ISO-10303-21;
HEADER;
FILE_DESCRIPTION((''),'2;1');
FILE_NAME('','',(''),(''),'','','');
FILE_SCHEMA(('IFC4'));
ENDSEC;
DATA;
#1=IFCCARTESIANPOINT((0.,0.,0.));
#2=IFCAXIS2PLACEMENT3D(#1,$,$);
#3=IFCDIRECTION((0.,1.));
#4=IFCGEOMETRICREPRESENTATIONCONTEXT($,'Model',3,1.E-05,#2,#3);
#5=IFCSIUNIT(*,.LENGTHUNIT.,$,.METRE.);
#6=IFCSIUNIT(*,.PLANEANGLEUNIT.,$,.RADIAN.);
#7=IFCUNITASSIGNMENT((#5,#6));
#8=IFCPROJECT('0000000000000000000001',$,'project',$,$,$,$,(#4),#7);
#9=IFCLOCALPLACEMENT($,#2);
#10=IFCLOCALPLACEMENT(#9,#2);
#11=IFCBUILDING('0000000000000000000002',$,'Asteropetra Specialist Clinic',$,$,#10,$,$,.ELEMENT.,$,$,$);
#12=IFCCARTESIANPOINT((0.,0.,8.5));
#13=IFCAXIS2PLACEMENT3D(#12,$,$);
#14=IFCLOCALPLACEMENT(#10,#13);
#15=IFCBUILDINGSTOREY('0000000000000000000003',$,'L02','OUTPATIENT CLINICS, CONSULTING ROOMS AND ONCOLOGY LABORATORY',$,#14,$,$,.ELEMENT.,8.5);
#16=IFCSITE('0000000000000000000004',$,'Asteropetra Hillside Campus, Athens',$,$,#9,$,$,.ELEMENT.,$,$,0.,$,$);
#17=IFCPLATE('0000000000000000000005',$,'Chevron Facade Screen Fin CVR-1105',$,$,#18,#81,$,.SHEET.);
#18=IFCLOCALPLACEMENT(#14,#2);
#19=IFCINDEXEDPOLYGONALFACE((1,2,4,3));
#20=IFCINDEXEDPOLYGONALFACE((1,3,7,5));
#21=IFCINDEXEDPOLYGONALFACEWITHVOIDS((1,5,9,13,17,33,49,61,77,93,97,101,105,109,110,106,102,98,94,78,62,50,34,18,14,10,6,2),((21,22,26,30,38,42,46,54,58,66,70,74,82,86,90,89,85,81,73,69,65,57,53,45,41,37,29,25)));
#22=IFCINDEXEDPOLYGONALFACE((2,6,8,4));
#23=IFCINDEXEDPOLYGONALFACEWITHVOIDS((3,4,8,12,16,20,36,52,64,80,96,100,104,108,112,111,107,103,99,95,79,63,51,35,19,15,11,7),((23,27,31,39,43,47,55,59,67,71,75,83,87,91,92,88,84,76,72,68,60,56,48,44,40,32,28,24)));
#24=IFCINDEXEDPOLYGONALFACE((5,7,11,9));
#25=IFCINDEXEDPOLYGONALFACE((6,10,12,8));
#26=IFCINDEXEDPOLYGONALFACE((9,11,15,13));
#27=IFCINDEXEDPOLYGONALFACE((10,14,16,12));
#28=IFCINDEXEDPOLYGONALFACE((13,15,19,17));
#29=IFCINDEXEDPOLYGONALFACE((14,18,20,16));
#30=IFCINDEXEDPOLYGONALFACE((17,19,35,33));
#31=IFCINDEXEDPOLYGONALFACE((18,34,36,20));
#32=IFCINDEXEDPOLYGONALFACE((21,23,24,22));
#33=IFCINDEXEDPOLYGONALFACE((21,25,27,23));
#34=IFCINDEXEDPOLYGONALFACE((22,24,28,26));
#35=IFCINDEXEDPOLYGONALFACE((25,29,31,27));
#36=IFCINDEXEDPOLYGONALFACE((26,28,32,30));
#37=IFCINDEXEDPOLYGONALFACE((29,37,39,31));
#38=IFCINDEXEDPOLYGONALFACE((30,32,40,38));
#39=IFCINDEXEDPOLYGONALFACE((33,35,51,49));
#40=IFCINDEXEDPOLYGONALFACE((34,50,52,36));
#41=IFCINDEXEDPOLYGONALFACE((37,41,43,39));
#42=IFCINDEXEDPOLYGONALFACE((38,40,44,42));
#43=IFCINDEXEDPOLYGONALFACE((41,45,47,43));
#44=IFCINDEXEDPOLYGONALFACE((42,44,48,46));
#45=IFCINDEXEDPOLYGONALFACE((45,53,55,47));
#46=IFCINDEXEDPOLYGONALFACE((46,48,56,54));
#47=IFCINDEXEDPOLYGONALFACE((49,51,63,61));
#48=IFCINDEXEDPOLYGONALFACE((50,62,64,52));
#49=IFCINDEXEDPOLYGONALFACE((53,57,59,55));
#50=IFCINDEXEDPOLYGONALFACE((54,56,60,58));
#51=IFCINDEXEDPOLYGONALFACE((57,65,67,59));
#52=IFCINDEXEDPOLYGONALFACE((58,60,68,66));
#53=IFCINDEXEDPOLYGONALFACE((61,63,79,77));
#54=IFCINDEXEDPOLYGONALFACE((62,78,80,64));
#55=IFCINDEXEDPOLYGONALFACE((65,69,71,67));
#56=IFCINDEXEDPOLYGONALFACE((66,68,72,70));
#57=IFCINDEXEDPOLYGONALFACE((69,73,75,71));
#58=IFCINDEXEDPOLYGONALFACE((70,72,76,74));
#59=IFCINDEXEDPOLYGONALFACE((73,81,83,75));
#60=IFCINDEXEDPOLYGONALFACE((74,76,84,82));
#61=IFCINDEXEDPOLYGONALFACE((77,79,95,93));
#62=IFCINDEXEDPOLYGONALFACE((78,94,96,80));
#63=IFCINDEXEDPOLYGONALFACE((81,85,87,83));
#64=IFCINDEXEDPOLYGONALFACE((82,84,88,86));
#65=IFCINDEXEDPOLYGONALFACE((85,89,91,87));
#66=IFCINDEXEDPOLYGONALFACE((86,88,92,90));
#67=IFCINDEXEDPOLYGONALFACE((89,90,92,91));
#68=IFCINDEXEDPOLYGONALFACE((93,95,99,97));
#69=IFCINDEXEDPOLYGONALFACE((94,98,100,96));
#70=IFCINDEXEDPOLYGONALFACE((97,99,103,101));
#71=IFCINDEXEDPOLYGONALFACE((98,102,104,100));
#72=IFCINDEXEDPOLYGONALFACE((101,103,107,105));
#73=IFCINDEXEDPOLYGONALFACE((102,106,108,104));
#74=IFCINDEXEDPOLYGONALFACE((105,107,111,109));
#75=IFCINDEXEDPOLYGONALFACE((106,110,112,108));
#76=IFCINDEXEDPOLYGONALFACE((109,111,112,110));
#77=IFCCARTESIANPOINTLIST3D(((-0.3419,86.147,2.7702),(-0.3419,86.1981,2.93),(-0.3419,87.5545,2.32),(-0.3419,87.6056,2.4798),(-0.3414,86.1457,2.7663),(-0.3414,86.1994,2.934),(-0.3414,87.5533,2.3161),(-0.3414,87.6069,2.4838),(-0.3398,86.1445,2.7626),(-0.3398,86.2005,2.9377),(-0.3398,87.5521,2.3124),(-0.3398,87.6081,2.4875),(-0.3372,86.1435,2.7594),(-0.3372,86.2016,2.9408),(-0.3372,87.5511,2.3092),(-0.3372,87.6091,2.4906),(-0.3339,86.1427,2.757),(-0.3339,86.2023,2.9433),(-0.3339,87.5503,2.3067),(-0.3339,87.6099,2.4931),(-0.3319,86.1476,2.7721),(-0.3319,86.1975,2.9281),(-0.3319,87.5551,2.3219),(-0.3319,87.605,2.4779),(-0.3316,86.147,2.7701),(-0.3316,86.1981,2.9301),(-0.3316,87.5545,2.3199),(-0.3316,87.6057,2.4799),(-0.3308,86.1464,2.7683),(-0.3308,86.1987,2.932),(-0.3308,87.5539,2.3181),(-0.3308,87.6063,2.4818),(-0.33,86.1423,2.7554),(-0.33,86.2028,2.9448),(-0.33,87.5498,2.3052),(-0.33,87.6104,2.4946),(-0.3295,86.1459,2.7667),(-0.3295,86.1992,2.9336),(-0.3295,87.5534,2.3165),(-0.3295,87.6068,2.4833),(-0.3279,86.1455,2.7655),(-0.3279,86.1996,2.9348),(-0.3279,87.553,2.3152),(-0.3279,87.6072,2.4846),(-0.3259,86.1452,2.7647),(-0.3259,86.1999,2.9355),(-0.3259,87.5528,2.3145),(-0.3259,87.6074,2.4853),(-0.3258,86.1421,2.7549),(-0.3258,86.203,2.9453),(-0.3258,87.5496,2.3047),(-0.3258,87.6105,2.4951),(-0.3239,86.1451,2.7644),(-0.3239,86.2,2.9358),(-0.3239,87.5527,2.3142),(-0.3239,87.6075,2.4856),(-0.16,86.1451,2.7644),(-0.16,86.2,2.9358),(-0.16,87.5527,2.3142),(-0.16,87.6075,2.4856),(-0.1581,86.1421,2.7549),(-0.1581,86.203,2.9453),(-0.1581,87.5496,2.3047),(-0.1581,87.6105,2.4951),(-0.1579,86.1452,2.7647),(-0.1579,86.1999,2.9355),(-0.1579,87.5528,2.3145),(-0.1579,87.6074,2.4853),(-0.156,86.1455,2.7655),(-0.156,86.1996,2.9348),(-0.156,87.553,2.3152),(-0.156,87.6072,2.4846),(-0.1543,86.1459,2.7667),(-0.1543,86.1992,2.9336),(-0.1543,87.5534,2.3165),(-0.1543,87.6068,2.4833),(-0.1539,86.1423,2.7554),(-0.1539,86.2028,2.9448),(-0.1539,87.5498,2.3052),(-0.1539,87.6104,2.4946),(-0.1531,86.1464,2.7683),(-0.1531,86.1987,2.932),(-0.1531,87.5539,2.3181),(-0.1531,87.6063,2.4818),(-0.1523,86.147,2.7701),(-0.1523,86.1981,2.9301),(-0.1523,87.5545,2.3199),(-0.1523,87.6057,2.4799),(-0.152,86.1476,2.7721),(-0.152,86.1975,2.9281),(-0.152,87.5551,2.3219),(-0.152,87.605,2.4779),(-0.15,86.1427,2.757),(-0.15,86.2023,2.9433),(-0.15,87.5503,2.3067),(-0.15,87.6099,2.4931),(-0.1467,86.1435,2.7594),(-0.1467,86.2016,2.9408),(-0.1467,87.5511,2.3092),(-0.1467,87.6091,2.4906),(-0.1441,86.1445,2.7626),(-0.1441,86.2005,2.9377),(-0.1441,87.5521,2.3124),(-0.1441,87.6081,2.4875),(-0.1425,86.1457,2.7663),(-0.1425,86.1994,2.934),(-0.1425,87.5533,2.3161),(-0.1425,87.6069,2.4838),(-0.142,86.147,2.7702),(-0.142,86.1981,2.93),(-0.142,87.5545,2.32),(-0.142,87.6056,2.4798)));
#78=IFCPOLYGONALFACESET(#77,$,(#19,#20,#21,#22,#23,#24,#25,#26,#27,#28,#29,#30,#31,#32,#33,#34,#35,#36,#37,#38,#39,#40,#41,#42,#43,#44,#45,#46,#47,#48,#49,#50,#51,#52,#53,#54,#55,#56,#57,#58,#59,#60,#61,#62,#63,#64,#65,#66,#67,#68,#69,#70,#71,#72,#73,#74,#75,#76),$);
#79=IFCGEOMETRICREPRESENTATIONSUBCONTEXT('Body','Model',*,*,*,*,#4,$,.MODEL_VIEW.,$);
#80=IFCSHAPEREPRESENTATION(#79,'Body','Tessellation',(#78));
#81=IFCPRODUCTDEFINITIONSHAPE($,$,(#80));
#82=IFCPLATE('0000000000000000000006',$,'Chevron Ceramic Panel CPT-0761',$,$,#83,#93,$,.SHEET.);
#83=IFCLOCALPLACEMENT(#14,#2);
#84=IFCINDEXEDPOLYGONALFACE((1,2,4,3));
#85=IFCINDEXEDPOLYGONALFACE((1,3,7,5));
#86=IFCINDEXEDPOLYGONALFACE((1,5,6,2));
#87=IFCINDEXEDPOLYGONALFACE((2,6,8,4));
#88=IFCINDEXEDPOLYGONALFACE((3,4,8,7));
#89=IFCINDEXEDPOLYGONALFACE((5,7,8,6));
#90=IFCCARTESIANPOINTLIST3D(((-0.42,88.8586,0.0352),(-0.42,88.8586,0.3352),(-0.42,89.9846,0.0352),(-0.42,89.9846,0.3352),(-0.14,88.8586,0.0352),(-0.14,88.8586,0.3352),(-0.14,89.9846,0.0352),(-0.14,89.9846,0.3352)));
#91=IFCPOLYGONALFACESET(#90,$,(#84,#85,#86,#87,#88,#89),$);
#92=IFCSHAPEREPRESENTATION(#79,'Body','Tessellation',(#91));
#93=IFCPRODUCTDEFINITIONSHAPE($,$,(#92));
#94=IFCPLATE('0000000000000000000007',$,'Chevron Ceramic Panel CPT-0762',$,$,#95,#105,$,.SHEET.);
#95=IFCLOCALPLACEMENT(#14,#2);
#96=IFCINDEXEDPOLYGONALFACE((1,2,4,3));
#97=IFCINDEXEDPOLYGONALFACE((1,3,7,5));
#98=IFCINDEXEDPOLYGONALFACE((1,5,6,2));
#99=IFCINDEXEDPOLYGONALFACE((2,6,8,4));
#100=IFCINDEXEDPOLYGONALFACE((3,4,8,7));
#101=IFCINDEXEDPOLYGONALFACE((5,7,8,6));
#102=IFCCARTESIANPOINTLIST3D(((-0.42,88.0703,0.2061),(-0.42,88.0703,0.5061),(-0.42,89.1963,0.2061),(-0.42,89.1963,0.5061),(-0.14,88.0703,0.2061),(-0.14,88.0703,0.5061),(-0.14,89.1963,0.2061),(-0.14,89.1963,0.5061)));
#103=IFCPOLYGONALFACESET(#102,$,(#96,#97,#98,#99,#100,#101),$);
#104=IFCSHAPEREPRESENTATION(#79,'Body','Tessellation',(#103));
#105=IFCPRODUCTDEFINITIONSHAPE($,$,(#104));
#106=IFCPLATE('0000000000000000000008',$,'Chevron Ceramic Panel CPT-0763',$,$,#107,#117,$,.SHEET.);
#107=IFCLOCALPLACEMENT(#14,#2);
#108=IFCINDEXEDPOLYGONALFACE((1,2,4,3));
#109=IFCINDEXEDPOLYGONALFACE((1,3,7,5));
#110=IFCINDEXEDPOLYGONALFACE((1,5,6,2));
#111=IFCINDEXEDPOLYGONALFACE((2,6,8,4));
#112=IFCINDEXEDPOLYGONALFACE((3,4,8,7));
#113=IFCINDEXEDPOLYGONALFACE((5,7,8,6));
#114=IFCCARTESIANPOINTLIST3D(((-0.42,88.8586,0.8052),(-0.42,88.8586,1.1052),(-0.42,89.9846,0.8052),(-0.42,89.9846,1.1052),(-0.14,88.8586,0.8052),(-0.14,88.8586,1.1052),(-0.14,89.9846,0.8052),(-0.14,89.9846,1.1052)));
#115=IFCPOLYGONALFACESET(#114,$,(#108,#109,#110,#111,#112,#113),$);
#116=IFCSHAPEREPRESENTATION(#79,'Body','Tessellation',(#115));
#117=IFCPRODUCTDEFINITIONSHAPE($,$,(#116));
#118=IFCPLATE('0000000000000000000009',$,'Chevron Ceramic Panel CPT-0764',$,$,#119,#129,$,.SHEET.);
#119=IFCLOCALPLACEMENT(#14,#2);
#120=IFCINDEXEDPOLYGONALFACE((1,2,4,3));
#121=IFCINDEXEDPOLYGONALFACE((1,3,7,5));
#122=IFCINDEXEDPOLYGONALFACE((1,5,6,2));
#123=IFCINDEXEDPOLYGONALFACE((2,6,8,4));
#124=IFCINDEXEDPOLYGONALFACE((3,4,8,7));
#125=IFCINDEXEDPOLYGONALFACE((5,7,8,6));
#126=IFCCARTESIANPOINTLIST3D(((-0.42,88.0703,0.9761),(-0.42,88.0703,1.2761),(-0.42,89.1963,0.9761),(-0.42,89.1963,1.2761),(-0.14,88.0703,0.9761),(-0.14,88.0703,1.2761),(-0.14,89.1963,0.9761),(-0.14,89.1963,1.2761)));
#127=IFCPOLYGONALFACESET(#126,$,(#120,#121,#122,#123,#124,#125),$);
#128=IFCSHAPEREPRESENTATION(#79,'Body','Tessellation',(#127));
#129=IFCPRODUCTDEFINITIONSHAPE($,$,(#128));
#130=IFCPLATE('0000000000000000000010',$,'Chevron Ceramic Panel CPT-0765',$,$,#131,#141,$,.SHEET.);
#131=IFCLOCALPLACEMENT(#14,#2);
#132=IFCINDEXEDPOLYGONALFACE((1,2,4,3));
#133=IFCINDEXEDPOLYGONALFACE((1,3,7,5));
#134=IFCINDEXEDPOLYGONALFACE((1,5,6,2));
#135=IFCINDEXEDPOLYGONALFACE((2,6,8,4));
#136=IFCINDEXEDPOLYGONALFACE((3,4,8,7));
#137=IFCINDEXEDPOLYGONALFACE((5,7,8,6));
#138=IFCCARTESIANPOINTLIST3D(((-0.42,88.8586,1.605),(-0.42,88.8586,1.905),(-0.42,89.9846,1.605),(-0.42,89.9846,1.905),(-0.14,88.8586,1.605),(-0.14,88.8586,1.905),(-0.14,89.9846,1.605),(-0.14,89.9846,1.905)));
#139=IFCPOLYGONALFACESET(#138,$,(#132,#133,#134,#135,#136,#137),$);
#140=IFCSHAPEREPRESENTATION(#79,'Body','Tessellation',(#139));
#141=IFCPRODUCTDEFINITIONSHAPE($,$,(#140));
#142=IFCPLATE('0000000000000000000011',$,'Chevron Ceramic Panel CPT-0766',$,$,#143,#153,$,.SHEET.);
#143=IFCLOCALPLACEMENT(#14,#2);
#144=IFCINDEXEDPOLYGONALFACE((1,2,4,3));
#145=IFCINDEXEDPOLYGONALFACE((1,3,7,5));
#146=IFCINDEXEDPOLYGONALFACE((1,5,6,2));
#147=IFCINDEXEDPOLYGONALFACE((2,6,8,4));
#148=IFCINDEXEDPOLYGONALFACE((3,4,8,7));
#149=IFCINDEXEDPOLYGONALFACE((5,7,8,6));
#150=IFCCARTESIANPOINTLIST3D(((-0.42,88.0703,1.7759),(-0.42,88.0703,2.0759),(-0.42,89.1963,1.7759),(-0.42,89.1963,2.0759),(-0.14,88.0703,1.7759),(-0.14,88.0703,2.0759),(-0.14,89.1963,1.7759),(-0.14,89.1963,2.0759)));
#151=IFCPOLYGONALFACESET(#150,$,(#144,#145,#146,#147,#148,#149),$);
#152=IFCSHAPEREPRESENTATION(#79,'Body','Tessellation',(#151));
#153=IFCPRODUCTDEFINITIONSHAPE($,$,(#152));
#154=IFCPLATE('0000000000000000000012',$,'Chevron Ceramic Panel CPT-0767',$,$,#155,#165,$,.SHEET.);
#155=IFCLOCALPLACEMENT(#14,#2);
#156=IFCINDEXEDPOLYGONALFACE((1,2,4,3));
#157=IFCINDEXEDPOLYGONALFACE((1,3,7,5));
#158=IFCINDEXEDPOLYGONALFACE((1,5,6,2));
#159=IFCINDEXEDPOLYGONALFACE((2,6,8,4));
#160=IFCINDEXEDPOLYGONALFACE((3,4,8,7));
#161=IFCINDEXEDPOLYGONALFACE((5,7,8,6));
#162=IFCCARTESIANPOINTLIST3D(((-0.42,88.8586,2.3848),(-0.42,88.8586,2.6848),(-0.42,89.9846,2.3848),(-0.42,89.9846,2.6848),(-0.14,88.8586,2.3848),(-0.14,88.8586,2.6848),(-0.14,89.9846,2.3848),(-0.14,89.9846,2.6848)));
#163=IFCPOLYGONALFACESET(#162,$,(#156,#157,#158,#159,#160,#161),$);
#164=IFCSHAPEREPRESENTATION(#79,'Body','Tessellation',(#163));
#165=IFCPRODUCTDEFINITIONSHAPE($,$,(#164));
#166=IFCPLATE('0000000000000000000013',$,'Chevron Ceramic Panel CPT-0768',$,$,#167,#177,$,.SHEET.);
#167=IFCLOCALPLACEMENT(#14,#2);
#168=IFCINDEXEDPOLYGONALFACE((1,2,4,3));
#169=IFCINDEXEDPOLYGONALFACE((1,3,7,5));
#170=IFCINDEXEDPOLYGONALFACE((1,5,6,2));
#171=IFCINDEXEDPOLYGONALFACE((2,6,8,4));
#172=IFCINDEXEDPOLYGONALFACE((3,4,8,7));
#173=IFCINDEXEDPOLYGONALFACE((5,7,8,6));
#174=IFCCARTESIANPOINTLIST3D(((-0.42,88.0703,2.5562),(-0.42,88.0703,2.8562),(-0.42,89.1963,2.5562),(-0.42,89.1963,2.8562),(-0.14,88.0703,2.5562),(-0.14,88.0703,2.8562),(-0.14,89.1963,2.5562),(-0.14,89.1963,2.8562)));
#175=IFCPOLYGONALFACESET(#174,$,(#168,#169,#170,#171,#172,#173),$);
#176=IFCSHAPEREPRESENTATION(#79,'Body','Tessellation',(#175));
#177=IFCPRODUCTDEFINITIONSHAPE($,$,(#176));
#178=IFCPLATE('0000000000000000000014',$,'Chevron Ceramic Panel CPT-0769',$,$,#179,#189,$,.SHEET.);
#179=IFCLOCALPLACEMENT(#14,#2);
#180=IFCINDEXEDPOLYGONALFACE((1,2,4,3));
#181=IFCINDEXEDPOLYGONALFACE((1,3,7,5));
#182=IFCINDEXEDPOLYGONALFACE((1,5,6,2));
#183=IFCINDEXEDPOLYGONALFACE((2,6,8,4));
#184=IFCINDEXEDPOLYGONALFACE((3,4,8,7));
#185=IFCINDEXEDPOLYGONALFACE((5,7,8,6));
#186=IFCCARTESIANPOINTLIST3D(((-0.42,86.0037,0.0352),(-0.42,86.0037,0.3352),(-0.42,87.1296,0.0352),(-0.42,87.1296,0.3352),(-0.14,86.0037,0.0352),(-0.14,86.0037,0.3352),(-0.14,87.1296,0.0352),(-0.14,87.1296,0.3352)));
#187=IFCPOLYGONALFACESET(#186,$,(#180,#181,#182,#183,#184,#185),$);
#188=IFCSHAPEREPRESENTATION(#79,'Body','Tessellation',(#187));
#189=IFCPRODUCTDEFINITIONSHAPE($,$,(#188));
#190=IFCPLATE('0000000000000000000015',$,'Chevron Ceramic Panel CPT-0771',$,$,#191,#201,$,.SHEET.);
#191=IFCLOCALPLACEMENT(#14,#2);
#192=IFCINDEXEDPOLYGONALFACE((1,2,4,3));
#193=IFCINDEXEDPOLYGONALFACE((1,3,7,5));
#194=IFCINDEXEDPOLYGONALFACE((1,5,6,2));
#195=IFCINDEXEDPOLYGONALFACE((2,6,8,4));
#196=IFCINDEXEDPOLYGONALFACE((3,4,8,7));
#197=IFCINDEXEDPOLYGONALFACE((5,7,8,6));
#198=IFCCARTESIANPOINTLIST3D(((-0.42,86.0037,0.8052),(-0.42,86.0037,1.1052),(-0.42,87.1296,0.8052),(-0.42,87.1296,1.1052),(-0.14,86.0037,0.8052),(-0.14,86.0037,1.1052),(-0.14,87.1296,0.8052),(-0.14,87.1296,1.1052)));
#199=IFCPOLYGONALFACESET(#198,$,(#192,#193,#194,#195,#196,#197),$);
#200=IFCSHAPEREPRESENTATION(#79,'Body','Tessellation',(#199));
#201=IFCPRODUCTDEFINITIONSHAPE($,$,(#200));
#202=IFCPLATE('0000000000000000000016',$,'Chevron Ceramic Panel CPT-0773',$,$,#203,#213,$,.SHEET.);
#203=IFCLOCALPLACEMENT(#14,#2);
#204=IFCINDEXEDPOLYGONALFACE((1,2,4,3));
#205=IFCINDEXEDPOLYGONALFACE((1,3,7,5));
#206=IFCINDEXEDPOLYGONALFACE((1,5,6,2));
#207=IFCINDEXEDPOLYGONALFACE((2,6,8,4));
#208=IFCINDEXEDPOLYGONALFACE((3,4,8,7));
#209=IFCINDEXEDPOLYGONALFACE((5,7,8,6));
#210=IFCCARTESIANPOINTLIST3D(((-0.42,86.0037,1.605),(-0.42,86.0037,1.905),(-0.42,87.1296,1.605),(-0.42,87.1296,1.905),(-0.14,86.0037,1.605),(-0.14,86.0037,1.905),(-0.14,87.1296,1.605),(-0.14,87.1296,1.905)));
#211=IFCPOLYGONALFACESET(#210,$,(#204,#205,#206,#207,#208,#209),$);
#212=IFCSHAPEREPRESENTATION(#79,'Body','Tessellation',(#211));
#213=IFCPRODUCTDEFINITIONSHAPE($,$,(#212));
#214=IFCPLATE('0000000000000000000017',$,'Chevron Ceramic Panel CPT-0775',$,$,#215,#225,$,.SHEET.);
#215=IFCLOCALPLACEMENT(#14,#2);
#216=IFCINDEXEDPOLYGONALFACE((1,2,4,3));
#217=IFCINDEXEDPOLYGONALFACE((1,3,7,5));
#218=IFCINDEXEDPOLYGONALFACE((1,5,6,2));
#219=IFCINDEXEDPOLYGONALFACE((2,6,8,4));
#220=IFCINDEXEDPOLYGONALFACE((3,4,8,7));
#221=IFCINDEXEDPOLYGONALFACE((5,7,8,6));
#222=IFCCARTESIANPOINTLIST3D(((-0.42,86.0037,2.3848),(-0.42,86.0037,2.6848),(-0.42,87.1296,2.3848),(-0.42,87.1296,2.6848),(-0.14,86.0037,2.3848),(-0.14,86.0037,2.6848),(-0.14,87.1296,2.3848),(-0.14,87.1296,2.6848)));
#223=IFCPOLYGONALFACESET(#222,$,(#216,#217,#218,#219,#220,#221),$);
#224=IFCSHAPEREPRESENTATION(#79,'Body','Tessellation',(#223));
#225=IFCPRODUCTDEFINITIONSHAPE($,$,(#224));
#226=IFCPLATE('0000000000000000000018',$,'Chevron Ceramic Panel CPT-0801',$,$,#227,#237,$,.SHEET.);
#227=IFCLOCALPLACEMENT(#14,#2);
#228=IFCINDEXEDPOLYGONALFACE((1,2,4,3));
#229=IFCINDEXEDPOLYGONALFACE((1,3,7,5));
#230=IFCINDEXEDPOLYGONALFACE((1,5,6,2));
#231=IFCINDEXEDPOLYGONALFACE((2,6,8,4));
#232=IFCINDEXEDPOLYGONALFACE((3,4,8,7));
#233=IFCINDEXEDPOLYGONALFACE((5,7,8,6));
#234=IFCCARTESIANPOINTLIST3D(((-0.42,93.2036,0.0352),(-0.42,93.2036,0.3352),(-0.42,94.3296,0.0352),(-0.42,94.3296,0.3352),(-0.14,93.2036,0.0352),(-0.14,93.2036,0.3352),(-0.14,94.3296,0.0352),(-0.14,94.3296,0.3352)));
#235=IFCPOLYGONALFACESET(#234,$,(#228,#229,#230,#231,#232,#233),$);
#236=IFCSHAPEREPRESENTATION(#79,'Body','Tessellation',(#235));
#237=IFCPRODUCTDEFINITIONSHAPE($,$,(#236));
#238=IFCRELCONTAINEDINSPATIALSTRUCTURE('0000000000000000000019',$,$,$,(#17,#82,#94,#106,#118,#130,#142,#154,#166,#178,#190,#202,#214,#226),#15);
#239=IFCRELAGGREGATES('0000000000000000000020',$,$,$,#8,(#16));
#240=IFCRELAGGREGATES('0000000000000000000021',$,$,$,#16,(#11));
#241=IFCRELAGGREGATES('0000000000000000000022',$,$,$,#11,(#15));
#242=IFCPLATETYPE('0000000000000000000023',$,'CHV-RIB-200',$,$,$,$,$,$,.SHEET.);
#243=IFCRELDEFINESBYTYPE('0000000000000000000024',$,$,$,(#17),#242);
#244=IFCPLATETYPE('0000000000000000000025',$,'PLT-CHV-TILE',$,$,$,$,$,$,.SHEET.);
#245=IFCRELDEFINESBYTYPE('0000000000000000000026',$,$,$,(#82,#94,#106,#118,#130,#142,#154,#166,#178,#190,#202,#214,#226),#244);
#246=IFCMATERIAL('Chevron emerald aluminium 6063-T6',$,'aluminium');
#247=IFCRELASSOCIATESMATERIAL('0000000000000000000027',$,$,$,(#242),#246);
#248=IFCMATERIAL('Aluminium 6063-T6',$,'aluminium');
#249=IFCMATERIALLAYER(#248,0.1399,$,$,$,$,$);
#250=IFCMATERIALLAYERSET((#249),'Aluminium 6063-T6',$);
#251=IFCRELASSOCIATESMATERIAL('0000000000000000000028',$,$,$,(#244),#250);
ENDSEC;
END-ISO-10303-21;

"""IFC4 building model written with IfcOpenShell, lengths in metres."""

from ifc_helpers import new_model, si_unit, direction, frame, origin, origin_2d, place, context, subcontext, project, spatial, rectangle, hollow_rectangle, extrude, material, layer, layer_set, material_profile, profile_set, type_object, element, save


model = new_model("IFC4")

# Units and contexts
model_context = context("Model", 3, precision=1e-05, world=origin(), true_north=direction((0.0, 1.0)))
body_context = subcontext(model_context, "Body", "Model", "MODEL_VIEW")
ifc_project = project(units=[si_unit("LENGTHUNIT", "METRE"), si_unit("PLANEANGLEUNIT", "RADIAN")], contexts=[model_context])

# Site, building, storey
site_placement = place(None, origin())
site = spatial("IfcSite", under=ifc_project, at=site_placement, Name="Asteropetra Hillside Campus, Athens", CompositionType="ELEMENT", RefElevation=0.0)
building_placement = place(site_placement, origin())
building = spatial("IfcBuilding", under=site, at=building_placement, Name="Asteropetra Specialist Clinic", CompositionType="ELEMENT")
storey_placement = place(building_placement, frame((0.0, 0.0, 8.5)))
storey = spatial("IfcBuildingStorey", under=building, at=storey_placement, Name="L02", Description="OUTPATIENT CLINICS, CONSULTING ROOMS AND ONCOLOGY LABORATORY", CompositionType="ELEMENT", Elevation=8.5)

# Plates
ifc_material_1 = material(Name="Chevron emerald aluminium 6063-T6", Category="aluminium")
ifc_material_profile = material_profile(ifc_material_1, hollow_rectangle(XDim=0.2, YDim=0.2, WallThickness=0.01, InnerFilletRadius=0.0081, OuterFilletRadius=0.0161, at=origin_2d()), Name="SHS 200x200x10.0")
ifc_profile_set = profile_set([ifc_material_profile], Name="Chevron emerald aluminium 6063-T6")
plate_type_1 = type_object("IfcPlateType", Name="CHV-RIB-200", PredefinedType="SHEET", material=ifc_profile_set)
plate_1_placement = place(storey_placement, frame((-0.2419, 87.5801, 2.3999), z_axis=(0.0, -0.952463, 0.304656), x_axis=(1.0, 0.0, 0.0)))
element("IfcPlate", 1, at=plate_1_placement, inside=storey, type_object=plate_type_1, Name="Chevron Facade Screen Fin CVR-1105", PredefinedType="SHEET", context=body_context, shape_type="SweptSolid", body=[
    extrude(hollow_rectangle(XDim=0.2, YDim=0.2, WallThickness=0.01, InnerFilletRadius=0.0081, OuterFilletRadius=0.0161, at=origin_2d()), origin(), (0.0, 0.0, 1.0), 1.4778),
])
ifc_material_2 = material(Name="Aluminium 6063-T6", Category="aluminium")
ifc_layer_1 = layer(ifc_material_2, 0.1399)
ifc_layer_set_1 = layer_set([ifc_layer_1], Name="Aluminium 6063-T6")
plate_type_2 = type_object("IfcPlateType", Name="PLT-CHV-TILE", PredefinedType="SHEET", material=ifc_layer_set_1)
for number, where, z_axis, x_axis, name in (
    (2, (-0.28, 89.4216, 0.0352), (0.0, 0.0, 1.0), (1.0, 0.0, 0.0), "Chevron Ceramic Panel CPT-0761"),
    (3, (-0.28, 88.6333, 0.2061), (0.0, 0.0, 1.0), (1.0, 0.0, 0.0), "Chevron Ceramic Panel CPT-0762"),
    (4, (-0.28, 89.4216, 0.8052), (0.0, 0.0, 1.0), (1.0, 0.0, 0.0), "Chevron Ceramic Panel CPT-0763"),
    (5, (-0.28, 88.6333, 0.9761), (0.0, 0.0, 1.0), (1.0, 0.0, 0.0), "Chevron Ceramic Panel CPT-0764"),
    (6, (-0.28, 89.4216, 1.605), (0.0, 0.0, 1.0), (1.0, 0.0, 0.0), "Chevron Ceramic Panel CPT-0765"),
    (7, (-0.28, 88.6333, 1.7759), (0.0, 0.0, 1.0), (1.0, 0.0, 0.0), "Chevron Ceramic Panel CPT-0766"),
    (8, (-0.28, 89.4216, 2.3848), (0.0, 0.0, 1.0), (1.0, 0.0, 0.0), "Chevron Ceramic Panel CPT-0767"),
    (9, (-0.28, 88.6333, 2.5562), (0.0, 0.0, 1.0), (1.0, 0.0, 0.0), "Chevron Ceramic Panel CPT-0768"),
    (10, (-0.28, 86.5667, 0.0352), (0.0, 0.0, 1.0), (1.0, 0.0, 0.0), "Chevron Ceramic Panel CPT-0769"),
    (11, (-0.28, 86.5667, 0.8052), (0.0, 0.0, 1.0), (1.0, 0.0, 0.0), "Chevron Ceramic Panel CPT-0771"),
    (12, (-0.28, 86.5667, 1.605), (0.0, 0.0, 1.0), (1.0, 0.0, 0.0), "Chevron Ceramic Panel CPT-0773"),
    (13, (-0.28, 86.5667, 2.3848), (0.0, 0.0, 1.0), (1.0, 0.0, 0.0), "Chevron Ceramic Panel CPT-0775"),
    (14, (-0.28, 93.7666, 0.0352), (0.0, 0.0, 1.0), (1.0, 0.0, 0.0), "Chevron Ceramic Panel CPT-0801"),
):
    element("IfcPlate", number, at=place(storey_placement, frame(where, z_axis=z_axis, x_axis=x_axis)), inside=storey, type_object=plate_type_2, Name=name, PredefinedType="SHEET", context=body_context, shape_type="SweptSolid", body=[
        extrude(rectangle(XDim=0.28, YDim=1.126, at=origin_2d()), origin(), (0.0, 0.0, 1.0), 0.3),
    ])

save(model, "model.ifc")
